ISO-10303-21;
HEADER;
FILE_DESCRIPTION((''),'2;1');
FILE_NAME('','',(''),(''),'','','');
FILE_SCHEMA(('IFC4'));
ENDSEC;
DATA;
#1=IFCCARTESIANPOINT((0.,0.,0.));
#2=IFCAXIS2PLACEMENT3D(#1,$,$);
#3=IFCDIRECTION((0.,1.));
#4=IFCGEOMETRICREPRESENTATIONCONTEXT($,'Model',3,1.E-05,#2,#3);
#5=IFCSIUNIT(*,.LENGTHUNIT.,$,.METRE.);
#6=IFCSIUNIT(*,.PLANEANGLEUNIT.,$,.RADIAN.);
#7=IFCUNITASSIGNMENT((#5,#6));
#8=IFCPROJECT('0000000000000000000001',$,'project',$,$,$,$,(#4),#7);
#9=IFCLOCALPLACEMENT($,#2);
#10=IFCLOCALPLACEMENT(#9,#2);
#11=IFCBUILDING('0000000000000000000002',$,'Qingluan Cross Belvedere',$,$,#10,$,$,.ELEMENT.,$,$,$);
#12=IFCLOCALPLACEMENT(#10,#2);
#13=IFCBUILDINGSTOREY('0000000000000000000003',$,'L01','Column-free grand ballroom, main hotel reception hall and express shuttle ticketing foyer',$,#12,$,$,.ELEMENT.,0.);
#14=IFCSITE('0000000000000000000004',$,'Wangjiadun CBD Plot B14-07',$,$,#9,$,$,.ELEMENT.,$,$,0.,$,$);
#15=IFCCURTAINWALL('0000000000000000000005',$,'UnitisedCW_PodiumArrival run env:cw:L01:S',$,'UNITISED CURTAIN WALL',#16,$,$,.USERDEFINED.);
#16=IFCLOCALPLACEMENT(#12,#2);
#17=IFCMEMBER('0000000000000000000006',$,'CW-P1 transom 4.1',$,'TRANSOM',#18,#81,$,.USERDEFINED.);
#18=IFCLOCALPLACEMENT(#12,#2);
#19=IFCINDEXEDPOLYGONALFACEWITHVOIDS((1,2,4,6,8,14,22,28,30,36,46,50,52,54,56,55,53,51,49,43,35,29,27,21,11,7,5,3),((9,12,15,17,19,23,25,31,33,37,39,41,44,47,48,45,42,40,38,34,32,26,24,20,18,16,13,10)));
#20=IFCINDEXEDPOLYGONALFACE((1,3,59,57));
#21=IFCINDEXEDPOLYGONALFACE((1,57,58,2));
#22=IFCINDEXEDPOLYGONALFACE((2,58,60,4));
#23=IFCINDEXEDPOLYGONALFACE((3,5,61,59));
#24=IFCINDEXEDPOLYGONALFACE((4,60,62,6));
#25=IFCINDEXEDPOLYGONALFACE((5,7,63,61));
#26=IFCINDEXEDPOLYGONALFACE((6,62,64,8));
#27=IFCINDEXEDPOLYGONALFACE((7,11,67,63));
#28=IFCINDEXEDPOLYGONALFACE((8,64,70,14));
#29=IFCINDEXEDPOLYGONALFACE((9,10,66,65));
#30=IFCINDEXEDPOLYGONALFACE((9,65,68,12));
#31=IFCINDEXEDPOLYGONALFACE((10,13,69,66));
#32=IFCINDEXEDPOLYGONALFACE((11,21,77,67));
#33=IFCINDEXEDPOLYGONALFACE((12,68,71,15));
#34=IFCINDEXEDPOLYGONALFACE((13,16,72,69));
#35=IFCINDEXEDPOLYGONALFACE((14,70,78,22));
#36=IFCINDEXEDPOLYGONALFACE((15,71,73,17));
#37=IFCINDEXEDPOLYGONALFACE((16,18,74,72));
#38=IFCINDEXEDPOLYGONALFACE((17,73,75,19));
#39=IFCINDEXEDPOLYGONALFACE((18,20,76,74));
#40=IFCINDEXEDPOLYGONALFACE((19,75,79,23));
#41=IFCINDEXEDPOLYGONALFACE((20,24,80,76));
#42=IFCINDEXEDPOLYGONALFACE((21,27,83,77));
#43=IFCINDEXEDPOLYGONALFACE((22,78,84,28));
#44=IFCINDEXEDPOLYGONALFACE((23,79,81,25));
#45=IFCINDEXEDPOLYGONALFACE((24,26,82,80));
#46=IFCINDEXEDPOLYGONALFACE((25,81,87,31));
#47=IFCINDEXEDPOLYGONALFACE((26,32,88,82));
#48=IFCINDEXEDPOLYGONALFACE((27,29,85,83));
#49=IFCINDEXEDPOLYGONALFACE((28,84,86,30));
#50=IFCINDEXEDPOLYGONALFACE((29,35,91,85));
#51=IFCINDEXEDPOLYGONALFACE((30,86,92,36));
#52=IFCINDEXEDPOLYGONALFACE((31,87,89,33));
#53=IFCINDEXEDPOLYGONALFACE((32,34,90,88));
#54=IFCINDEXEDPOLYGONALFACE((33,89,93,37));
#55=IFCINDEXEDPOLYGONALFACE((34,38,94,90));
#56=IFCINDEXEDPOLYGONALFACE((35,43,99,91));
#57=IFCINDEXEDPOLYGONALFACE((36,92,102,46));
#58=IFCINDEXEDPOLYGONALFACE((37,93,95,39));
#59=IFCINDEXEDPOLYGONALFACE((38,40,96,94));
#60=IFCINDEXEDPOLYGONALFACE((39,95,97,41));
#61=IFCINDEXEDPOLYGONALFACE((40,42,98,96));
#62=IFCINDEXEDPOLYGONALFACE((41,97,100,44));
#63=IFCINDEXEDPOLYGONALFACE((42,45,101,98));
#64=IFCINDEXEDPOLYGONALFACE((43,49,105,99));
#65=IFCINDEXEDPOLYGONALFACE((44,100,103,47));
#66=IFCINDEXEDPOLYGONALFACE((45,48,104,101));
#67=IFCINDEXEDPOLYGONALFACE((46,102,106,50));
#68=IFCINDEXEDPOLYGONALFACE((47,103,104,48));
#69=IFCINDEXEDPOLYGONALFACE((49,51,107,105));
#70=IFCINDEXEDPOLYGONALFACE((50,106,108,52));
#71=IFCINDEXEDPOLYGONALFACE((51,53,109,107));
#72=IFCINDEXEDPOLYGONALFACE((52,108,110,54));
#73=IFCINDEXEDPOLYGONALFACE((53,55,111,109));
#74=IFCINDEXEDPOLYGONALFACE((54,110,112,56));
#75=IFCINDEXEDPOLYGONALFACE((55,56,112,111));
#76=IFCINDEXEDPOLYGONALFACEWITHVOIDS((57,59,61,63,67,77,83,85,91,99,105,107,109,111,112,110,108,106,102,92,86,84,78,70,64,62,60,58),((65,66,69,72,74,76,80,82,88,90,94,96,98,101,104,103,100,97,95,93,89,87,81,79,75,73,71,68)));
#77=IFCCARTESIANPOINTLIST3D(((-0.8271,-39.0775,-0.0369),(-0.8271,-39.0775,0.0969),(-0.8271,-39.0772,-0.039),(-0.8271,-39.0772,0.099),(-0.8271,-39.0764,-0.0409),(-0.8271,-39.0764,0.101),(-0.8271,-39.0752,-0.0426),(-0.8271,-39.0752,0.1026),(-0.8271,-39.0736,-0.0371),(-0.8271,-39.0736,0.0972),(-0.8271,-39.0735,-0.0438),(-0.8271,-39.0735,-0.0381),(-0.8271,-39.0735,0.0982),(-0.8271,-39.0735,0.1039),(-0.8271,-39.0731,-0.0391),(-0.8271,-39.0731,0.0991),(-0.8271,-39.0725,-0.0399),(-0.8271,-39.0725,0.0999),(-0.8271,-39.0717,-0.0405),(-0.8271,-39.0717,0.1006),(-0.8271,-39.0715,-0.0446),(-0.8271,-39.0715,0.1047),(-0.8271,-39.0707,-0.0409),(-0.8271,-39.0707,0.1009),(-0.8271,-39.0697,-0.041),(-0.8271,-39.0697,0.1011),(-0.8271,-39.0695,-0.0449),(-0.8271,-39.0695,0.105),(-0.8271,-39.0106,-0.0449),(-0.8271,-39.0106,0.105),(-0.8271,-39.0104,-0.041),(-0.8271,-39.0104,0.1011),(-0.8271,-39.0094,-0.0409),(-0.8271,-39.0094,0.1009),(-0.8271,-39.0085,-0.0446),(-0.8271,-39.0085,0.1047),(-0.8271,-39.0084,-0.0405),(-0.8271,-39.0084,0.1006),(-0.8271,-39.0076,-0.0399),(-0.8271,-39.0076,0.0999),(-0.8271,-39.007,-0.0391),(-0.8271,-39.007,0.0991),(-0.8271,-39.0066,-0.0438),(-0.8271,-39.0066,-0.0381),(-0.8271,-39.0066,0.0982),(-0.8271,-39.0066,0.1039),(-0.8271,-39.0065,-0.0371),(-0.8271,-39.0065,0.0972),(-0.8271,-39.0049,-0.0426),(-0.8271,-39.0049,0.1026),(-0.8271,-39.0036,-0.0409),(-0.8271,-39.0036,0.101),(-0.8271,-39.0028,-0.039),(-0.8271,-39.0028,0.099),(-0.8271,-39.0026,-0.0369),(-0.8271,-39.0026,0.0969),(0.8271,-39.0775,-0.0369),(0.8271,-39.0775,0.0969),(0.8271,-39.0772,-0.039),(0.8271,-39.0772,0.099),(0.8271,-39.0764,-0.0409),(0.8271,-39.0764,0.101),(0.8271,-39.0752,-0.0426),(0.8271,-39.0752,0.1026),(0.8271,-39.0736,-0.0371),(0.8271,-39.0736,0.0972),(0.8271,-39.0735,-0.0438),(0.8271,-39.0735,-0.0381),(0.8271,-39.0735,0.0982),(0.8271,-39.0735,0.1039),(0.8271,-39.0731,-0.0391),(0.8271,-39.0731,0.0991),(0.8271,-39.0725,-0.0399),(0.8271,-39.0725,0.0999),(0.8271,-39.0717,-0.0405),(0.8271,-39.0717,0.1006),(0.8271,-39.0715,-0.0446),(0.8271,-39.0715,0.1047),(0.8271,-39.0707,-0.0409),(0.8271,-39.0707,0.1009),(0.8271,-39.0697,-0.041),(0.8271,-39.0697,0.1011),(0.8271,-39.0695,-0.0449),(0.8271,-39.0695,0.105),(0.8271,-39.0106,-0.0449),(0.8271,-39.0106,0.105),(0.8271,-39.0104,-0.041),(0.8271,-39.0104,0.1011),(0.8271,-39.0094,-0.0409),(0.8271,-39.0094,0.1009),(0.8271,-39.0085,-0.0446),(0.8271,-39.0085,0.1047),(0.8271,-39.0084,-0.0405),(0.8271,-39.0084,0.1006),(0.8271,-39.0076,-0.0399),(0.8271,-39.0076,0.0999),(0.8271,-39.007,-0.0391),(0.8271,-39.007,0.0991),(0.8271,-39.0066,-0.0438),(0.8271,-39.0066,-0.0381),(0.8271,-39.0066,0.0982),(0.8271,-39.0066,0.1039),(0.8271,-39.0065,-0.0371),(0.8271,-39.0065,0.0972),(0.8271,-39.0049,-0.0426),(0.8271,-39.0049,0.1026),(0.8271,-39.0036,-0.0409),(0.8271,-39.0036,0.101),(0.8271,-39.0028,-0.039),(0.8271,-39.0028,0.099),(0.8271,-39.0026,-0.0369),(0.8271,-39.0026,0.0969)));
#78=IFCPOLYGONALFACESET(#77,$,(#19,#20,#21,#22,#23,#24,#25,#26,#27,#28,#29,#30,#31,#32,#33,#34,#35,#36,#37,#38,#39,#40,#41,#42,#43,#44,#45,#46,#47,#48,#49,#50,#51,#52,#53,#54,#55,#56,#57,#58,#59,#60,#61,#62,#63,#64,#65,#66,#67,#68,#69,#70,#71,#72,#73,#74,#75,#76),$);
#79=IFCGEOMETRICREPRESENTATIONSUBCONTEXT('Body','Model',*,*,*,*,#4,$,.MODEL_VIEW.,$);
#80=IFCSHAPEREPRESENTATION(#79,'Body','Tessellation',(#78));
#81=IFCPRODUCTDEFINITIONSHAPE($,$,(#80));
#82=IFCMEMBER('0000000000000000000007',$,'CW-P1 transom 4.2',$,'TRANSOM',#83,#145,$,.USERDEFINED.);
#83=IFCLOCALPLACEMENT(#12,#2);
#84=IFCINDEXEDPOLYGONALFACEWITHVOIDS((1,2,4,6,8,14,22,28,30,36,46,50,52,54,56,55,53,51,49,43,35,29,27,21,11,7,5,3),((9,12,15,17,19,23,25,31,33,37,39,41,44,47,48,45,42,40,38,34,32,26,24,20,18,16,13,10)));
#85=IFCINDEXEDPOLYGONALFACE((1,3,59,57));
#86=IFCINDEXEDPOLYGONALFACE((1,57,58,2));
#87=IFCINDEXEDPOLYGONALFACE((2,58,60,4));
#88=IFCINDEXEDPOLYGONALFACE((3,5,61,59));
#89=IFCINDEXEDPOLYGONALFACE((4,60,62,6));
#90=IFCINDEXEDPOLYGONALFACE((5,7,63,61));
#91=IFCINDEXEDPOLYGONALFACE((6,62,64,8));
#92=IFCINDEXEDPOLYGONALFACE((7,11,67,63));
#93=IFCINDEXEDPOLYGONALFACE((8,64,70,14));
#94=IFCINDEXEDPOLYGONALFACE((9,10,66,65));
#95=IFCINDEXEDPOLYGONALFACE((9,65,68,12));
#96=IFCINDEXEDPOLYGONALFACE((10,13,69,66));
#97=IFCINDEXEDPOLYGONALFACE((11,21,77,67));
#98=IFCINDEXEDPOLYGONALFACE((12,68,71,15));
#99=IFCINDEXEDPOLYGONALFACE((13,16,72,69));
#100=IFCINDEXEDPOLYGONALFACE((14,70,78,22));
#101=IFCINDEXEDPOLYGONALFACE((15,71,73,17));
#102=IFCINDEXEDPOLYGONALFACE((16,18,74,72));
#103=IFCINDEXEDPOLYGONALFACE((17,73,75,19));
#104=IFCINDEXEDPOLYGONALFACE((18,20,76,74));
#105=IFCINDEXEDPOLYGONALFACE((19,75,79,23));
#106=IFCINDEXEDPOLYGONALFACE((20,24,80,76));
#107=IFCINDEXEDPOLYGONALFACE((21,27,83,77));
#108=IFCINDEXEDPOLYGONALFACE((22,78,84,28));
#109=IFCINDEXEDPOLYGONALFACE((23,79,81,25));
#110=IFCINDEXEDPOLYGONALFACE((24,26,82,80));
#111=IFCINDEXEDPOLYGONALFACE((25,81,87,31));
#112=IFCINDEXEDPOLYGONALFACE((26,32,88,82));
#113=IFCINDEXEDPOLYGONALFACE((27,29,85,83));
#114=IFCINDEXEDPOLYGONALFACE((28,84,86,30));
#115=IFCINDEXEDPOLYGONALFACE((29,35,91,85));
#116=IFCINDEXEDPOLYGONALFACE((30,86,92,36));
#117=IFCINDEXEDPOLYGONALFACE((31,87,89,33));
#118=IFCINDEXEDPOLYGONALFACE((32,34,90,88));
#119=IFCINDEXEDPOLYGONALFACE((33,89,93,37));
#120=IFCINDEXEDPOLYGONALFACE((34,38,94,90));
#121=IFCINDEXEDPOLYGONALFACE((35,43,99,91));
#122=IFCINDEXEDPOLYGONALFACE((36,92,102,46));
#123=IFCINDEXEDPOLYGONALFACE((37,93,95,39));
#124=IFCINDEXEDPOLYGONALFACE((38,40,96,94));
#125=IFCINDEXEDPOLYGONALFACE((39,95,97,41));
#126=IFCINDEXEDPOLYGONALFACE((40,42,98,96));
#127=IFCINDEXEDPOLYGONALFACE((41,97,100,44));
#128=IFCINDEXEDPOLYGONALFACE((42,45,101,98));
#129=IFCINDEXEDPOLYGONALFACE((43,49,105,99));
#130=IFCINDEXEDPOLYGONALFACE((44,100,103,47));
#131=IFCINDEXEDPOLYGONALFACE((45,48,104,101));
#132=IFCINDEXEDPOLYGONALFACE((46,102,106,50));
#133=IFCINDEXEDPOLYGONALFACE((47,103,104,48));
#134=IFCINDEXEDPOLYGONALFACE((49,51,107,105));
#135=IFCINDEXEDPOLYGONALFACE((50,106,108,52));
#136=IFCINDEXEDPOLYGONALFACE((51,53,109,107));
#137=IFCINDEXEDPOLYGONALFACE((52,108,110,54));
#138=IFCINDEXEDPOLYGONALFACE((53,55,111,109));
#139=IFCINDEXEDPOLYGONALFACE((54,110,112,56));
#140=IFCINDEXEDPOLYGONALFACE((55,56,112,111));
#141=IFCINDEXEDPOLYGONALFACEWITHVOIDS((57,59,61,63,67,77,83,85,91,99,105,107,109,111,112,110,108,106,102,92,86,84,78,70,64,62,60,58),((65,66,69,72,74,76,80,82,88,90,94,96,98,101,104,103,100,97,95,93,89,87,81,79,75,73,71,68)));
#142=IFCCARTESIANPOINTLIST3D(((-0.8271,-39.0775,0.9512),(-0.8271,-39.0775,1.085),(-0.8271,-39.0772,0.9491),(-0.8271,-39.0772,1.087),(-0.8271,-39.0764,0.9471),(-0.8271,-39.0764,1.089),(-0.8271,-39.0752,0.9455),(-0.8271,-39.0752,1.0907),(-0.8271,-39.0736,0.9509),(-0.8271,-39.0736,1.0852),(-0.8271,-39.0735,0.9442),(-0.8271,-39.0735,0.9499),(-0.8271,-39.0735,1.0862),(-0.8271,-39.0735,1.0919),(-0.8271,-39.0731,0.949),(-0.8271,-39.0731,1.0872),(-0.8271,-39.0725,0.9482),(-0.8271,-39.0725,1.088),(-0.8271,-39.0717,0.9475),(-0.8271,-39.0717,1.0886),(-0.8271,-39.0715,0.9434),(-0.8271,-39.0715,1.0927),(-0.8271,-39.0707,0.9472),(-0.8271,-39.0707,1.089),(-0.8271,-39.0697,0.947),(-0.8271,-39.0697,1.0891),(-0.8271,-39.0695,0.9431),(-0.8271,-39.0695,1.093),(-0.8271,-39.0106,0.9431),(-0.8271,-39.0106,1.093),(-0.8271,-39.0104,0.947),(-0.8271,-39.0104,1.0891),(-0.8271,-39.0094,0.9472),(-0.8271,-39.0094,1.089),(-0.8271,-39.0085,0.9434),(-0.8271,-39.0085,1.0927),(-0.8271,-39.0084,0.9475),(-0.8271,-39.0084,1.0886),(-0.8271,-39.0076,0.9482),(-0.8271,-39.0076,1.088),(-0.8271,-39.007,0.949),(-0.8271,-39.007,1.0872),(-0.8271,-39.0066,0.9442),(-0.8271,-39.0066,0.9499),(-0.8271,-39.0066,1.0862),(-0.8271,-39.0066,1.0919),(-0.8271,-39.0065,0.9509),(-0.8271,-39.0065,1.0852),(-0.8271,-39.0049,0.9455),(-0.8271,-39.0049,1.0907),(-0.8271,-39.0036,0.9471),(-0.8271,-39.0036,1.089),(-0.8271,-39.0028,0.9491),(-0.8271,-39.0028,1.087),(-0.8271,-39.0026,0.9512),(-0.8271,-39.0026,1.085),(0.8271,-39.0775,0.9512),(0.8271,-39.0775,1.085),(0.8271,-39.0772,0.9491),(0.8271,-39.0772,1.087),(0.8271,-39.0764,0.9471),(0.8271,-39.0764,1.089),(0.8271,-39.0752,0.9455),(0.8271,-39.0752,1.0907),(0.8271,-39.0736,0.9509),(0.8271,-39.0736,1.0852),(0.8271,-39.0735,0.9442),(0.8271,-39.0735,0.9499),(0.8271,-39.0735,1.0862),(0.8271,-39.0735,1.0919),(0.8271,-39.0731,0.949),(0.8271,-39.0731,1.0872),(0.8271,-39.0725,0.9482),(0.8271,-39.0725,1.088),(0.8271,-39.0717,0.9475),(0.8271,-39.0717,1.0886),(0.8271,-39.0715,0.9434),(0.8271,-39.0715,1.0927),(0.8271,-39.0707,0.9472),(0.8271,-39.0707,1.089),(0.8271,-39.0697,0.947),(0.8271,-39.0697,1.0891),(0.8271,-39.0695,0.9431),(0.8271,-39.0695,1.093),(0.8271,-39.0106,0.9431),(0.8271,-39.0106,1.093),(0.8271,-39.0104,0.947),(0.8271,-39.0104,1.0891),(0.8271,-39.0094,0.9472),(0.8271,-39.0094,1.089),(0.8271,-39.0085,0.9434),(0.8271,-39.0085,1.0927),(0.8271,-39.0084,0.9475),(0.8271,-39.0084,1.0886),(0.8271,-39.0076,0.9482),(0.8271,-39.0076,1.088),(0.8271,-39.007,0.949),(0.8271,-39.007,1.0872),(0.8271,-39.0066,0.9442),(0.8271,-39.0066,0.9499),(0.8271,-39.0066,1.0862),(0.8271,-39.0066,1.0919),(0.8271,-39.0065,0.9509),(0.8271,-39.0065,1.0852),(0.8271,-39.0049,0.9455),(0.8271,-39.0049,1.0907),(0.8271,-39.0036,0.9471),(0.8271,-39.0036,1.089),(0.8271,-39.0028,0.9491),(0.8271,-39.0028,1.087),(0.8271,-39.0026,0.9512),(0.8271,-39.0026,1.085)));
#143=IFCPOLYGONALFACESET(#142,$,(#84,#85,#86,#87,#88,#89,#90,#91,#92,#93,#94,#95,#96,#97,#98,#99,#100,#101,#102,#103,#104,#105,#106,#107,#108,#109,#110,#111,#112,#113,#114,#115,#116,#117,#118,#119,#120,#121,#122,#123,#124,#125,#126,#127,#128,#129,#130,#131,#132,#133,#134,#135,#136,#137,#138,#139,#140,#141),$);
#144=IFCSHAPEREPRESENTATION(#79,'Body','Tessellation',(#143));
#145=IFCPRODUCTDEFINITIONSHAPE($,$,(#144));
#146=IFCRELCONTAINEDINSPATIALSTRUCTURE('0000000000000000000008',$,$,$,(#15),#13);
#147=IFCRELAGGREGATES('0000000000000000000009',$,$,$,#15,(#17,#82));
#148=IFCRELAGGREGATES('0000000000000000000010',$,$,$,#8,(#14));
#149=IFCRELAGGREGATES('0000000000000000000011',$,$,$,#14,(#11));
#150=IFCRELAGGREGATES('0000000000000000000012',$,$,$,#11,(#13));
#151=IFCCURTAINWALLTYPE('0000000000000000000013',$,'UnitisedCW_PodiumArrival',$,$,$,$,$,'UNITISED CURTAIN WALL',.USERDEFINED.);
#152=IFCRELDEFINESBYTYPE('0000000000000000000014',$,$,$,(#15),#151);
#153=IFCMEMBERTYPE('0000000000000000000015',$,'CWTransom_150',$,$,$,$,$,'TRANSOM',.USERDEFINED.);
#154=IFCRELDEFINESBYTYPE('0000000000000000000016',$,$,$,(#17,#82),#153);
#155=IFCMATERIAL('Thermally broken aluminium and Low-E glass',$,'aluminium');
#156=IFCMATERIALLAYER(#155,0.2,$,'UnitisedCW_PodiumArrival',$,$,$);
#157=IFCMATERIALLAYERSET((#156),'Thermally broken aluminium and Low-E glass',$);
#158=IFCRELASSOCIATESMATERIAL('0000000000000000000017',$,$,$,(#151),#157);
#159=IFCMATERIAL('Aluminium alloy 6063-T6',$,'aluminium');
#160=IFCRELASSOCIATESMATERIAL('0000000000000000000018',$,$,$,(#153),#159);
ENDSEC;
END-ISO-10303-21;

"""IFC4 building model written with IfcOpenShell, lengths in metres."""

from ifc_helpers import new_model, si_unit, direction, frame, origin, origin_2d, place, context, subcontext, project, spatial, hollow_rectangle, extrude, material, layer, layer_set, material_profile, profile_set, type_object, element, aggregate, save


model = new_model("IFC4")

# Units and contexts
model_context = context("Model", 3, precision=1e-05, world=origin(), true_north=direction((0.0, 1.0)))
body_context = subcontext(model_context, "Body", "Model", "MODEL_VIEW")
ifc_project = project(units=[si_unit("LENGTHUNIT", "METRE"), si_unit("PLANEANGLEUNIT", "RADIAN")], contexts=[model_context])

# Site, building, storey
site_placement = place(None, origin())
site = spatial("IfcSite", under=ifc_project, at=site_placement, Name="Wangjiadun CBD Plot B14-07", CompositionType="ELEMENT", RefElevation=0.0)
building_placement = place(site_placement, origin())
building = spatial("IfcBuilding", under=site, at=building_placement, Name="Qingluan Cross Belvedere", CompositionType="ELEMENT")
storey_placement = place(building_placement, origin())
storey = spatial("IfcBuildingStorey", under=building, at=storey_placement, Name="L01", Description="Column-free grand ballroom, main hotel reception hall and express shuttle ticketing foyer", CompositionType="ELEMENT", Elevation=0.0)

# Curtain wall, members
ifc_material_1 = material(Name="Thermally broken aluminium and Low-E glass", Category="aluminium")
ifc_layer_1 = layer(ifc_material_1, 0.2, Name="UnitisedCW_PodiumArrival")
ifc_layer_set_1 = layer_set([ifc_layer_1], Name="Thermally broken aluminium and Low-E glass")
curtain_wall_type = type_object("IfcCurtainWallType", Name="UnitisedCW_PodiumArrival", ElementType="UNITISED CURTAIN WALL", PredefinedType="USERDEFINED", material=ifc_layer_set_1)
curtain_wall_placement = place(storey_placement, origin())
curtain_wall = element("IfcCurtainWall", 1, at=curtain_wall_placement, inside=storey, type_object=curtain_wall_type, Name="UnitisedCW_PodiumArrival run env:cw:L01:S", ObjectType="UNITISED CURTAIN WALL", PredefinedType="USERDEFINED")
ifc_material_2 = material(Name="Aluminium alloy 6063-T6", Category="aluminium")
ifc_material_profile_1 = material_profile(ifc_material_2, hollow_rectangle(XDim=0.075, YDim=0.1499, WallThickness=0.0039, InnerFilletRadius=0.0039, OuterFilletRadius=0.0081, at=origin_2d()), Name="CWT150x75x4")
ifc_profile_set_1 = profile_set([ifc_material_profile_1], Name="Aluminium alloy 6063-T6")
member_type_1 = type_object("IfcMemberType", Name="CWTransom_150", ElementType="TRANSOM", PredefinedType="USERDEFINED", material=ifc_profile_set_1)
member_1_placement = place(storey_placement, frame((0.8271, -39.04, 0.03), z_axis=(-1.0, 0.0, 0.0), x_axis=(0.0, -1.0, 0.0)))
member_1 = element("IfcMember", 2, at=member_1_placement, type_object=member_type_1, Name="CW-P1 transom 4.1", ObjectType="TRANSOM", PredefinedType="USERDEFINED", context=body_context, shape_type="SweptSolid", body=[
    extrude(hollow_rectangle(XDim=0.075, YDim=0.1499, WallThickness=0.0039, InnerFilletRadius=0.0039, OuterFilletRadius=0.0081, at=origin_2d()), origin(), (0.0, 0.0, 1.0), 1.6543),
])
member_2_placement = place(storey_placement, frame((0.8271, -39.04, 1.0181), z_axis=(-1.0, 0.0, 0.0), x_axis=(0.0, -1.0, 0.0)))
member_2 = element("IfcMember", 3, at=member_2_placement, type_object=member_type_1, Name="CW-P1 transom 4.2", ObjectType="TRANSOM", PredefinedType="USERDEFINED", context=body_context, shape_type="SweptSolid", body=[
    extrude(hollow_rectangle(XDim=0.075, YDim=0.1499, WallThickness=0.0039, InnerFilletRadius=0.0039, OuterFilletRadius=0.0081, at=origin_2d()), origin(), (0.0, 0.0, 1.0), 1.6543),
])
aggregate(curtain_wall, [member_1, member_2])

save(model, "model.ifc")
